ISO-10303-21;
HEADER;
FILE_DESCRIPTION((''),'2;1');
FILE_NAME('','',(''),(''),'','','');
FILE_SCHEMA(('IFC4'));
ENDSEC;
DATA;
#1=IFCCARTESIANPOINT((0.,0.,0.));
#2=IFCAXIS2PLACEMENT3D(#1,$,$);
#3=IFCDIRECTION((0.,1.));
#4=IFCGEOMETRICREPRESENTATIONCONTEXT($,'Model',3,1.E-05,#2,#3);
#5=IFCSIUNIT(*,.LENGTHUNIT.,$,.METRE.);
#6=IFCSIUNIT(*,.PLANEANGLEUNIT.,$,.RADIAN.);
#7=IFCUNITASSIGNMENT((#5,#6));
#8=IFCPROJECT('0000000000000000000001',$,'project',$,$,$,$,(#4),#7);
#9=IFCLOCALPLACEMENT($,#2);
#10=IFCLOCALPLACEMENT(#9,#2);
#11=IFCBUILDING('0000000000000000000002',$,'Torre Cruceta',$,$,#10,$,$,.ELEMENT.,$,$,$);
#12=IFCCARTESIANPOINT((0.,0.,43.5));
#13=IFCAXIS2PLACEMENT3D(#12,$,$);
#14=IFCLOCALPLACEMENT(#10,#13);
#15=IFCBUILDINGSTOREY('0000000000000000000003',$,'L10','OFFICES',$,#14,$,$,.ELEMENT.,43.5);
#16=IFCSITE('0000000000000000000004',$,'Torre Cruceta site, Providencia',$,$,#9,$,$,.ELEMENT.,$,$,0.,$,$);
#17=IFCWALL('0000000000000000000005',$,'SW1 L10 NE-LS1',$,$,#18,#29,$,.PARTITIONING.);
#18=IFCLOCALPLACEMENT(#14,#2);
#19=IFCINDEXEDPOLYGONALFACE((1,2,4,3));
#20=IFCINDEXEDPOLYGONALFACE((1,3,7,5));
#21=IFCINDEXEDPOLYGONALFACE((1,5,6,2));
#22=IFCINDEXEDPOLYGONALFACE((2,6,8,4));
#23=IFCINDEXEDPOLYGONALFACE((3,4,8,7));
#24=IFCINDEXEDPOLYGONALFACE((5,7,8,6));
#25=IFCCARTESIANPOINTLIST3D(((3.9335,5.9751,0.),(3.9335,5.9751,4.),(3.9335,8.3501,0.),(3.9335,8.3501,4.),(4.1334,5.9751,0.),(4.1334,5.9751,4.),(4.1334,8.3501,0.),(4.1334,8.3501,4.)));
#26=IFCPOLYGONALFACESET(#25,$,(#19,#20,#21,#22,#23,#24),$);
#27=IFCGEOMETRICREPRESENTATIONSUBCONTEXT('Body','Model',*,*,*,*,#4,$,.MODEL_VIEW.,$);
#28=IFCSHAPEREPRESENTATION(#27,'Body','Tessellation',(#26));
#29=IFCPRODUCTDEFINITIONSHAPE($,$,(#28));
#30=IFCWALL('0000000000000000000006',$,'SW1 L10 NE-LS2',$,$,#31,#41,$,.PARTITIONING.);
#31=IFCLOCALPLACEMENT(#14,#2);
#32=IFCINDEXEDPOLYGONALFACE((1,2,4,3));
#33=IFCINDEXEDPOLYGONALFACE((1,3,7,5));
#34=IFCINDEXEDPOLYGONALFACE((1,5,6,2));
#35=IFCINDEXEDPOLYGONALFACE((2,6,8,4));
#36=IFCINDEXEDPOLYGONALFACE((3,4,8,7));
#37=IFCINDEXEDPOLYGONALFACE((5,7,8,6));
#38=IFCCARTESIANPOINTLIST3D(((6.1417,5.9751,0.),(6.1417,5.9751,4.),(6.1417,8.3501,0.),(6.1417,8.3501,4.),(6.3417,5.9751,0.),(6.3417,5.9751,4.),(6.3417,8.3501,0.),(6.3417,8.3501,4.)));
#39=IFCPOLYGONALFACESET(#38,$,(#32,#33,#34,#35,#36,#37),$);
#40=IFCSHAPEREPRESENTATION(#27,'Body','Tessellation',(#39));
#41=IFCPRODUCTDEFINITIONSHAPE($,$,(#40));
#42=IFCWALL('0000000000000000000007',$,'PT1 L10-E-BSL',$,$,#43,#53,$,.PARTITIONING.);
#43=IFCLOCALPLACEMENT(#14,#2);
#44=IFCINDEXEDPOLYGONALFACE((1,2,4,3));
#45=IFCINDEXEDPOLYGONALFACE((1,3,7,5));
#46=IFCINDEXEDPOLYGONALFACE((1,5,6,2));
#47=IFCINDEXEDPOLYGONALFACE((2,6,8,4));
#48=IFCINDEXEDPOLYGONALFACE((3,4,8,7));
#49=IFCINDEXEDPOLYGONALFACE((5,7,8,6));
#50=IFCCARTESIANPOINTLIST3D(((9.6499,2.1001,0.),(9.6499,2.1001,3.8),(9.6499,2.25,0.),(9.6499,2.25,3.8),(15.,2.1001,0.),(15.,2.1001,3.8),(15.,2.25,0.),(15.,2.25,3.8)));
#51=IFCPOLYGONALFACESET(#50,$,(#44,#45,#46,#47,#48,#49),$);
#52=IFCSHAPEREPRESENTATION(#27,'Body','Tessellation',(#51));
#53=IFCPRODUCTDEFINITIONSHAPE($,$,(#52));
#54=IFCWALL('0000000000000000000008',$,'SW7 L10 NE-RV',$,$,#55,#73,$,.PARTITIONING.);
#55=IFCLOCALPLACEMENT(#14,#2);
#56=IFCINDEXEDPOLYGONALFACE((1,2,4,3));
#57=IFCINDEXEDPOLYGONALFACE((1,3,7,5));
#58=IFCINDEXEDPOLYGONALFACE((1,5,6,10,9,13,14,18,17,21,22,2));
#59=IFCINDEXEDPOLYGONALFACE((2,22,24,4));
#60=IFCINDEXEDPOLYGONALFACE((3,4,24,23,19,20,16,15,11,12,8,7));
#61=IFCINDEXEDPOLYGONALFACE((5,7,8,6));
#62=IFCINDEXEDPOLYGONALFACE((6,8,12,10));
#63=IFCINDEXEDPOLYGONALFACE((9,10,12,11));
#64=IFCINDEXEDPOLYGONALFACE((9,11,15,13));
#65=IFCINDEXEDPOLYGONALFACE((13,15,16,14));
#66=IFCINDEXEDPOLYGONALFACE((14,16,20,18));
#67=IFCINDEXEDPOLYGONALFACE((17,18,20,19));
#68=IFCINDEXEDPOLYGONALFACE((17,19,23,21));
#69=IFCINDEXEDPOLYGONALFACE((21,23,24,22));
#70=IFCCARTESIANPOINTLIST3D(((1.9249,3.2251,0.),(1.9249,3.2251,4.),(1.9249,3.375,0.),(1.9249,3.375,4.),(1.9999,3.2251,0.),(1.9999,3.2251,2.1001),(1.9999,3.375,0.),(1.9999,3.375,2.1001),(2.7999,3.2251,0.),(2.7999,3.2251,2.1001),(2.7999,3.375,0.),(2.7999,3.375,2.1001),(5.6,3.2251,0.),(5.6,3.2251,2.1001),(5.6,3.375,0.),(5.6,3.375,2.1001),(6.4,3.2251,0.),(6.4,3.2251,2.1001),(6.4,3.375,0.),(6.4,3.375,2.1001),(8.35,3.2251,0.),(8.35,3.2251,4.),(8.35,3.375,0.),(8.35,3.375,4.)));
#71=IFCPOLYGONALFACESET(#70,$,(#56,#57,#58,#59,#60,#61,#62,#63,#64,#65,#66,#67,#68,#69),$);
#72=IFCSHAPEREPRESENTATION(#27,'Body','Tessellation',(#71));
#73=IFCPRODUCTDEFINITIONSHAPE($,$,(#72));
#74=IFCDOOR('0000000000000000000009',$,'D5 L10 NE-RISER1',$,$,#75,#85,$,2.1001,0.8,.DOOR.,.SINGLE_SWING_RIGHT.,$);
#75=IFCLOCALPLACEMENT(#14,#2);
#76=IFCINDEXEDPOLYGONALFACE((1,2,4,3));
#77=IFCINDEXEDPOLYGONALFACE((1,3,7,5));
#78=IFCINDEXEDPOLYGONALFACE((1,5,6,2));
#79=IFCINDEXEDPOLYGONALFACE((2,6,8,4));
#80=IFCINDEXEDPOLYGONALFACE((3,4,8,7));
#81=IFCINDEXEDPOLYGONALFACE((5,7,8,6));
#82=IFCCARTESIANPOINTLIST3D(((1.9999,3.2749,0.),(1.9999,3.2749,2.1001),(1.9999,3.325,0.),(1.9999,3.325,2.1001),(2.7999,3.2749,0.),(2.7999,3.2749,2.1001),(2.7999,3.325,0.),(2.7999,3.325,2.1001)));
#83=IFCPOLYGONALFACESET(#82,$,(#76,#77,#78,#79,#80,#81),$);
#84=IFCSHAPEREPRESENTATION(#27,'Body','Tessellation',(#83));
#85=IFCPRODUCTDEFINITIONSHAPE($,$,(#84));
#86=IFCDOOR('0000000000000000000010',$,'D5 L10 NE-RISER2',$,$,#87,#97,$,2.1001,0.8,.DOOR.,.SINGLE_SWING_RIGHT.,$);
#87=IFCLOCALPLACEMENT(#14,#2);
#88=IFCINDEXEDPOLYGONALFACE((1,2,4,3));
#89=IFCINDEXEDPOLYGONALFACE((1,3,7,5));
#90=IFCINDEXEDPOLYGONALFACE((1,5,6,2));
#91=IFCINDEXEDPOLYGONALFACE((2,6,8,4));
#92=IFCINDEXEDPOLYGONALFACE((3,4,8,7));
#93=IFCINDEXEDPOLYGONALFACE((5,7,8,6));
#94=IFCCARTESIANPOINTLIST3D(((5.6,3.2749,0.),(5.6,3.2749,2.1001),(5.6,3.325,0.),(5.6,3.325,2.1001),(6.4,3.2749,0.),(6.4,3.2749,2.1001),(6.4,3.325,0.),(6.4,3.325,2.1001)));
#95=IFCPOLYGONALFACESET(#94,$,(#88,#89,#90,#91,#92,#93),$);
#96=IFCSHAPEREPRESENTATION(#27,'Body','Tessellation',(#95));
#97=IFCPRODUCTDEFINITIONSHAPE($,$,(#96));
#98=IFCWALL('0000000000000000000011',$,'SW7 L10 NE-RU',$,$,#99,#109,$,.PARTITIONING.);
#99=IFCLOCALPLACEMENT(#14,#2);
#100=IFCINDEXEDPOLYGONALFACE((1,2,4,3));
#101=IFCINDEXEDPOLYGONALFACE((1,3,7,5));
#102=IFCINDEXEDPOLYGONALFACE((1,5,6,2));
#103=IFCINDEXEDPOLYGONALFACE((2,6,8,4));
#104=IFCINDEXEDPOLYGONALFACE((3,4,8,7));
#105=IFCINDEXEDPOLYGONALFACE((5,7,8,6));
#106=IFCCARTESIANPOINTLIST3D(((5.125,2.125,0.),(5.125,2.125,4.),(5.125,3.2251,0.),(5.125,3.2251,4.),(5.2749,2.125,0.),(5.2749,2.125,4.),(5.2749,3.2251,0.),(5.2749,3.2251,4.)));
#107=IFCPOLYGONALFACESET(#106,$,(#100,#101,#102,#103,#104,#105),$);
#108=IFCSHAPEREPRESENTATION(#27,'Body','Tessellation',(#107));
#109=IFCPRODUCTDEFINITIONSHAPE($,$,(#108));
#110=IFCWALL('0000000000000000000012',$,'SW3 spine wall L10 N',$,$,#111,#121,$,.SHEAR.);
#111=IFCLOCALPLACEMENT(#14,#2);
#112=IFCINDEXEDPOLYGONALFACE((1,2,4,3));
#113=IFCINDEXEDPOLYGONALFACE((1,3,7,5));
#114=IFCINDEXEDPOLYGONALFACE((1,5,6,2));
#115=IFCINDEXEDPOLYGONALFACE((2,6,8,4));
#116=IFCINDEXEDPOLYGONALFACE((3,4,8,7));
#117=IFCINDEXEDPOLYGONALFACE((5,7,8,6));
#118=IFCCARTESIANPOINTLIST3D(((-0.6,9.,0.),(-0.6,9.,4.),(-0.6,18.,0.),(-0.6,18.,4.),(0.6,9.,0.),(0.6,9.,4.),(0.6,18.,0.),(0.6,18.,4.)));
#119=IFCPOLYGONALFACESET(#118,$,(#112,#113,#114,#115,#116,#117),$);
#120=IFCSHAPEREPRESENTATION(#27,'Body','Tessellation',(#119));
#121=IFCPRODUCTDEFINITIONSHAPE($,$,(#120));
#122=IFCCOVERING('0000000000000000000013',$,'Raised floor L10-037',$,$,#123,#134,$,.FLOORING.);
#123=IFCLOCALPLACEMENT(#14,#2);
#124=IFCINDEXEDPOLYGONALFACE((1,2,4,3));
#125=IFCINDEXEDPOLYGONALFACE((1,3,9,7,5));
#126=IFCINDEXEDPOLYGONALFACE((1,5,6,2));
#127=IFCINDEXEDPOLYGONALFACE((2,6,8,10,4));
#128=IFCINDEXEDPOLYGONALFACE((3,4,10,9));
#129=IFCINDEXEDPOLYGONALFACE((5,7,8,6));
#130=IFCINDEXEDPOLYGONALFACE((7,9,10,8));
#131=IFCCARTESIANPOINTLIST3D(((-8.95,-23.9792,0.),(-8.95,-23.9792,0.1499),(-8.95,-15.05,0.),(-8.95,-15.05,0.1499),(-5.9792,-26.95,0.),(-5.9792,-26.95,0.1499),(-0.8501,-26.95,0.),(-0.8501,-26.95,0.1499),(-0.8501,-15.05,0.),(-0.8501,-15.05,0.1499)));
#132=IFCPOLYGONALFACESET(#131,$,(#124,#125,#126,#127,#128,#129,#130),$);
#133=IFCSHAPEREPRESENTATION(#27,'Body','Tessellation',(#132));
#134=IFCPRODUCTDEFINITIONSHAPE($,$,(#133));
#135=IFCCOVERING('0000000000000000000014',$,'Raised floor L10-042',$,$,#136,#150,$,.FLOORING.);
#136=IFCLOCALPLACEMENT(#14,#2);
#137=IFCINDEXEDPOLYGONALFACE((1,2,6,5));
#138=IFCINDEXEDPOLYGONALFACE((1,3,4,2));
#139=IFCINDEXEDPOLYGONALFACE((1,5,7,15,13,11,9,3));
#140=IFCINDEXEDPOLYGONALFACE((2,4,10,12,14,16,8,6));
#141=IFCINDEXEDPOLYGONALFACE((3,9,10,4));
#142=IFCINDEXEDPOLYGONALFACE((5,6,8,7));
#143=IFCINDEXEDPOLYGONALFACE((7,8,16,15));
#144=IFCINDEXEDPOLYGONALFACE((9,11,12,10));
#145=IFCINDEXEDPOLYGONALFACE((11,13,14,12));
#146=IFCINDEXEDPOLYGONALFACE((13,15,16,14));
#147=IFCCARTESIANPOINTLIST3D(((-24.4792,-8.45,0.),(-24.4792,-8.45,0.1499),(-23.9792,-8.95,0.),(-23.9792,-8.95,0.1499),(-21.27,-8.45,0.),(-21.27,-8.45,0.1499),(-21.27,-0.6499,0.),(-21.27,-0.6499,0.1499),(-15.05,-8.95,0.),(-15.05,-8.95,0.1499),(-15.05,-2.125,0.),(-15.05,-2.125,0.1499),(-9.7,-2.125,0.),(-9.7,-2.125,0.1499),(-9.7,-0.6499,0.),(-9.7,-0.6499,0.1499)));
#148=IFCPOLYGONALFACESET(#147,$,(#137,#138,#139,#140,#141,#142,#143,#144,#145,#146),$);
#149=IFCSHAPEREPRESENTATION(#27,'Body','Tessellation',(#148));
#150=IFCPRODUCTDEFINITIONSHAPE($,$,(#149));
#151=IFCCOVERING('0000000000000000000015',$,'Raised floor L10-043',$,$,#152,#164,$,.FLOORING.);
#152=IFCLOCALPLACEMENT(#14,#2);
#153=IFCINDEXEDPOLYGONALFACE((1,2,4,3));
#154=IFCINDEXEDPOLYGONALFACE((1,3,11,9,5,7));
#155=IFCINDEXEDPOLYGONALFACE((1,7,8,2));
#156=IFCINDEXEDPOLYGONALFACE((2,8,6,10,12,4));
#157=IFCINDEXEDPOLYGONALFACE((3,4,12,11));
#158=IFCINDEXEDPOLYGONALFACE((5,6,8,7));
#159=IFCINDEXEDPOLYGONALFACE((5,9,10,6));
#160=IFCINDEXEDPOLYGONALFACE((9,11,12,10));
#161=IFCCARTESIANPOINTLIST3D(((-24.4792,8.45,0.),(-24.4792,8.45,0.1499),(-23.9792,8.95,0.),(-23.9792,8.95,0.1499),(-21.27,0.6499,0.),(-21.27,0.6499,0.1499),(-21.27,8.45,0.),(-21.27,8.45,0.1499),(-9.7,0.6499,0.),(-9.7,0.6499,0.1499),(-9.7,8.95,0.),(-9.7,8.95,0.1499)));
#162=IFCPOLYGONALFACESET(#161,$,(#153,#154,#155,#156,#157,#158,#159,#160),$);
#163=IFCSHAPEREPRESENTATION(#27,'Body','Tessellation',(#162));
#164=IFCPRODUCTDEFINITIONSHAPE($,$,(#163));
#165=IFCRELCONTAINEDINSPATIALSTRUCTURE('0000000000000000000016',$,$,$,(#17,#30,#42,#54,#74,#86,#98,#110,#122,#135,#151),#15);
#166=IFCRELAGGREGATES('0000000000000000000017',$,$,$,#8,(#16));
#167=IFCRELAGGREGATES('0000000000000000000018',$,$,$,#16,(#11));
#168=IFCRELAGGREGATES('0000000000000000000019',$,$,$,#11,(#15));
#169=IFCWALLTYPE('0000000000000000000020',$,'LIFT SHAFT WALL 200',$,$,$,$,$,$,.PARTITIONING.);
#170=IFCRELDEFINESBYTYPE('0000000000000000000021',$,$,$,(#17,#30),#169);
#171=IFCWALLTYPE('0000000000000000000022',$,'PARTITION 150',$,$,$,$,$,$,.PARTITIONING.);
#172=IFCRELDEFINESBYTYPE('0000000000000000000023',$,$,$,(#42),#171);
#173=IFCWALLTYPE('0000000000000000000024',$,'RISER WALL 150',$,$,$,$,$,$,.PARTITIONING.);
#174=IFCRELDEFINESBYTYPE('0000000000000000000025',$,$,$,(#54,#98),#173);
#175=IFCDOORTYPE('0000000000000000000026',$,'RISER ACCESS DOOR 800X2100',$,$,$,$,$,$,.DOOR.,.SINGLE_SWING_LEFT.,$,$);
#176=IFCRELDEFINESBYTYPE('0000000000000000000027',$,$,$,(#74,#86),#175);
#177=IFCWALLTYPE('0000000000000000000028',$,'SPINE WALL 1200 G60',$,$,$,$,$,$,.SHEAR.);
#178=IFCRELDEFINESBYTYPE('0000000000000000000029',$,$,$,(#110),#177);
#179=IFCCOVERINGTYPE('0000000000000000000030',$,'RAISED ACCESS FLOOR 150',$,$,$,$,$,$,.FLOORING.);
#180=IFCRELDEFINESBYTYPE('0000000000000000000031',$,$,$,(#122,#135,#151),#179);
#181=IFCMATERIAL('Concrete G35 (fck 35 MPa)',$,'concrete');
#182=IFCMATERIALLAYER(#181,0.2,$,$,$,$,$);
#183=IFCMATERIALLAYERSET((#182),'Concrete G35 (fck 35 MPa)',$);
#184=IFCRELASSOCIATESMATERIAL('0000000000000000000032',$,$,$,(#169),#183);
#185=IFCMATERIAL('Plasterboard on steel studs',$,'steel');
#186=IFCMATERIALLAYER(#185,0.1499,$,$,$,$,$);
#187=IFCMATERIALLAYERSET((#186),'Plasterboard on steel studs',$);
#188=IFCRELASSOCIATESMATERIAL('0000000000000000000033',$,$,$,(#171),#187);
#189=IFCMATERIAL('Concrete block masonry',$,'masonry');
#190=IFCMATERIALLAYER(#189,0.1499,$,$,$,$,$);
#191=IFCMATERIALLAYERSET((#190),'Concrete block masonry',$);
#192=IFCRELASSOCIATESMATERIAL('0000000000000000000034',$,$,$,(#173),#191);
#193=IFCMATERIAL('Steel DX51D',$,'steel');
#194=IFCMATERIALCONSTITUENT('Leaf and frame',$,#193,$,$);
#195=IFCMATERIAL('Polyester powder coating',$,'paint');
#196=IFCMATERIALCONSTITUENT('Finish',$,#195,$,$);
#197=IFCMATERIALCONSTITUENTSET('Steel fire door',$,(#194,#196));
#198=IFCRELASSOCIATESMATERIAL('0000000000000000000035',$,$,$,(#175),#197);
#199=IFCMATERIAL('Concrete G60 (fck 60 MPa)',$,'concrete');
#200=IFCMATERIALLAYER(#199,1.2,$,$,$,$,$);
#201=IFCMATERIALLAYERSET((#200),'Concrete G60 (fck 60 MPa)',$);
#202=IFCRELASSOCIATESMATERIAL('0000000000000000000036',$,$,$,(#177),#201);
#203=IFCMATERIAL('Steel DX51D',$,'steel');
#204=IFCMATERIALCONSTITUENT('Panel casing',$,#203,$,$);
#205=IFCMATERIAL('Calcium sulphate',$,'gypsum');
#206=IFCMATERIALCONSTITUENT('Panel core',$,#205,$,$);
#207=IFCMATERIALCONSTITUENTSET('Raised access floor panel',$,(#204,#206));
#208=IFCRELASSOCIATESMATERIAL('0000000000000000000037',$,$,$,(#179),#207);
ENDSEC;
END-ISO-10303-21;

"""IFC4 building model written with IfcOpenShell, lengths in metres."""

from ifc_helpers import new_model, si_unit, direction, frame, frame_2d, origin, place, context, subcontext, project, spatial, polyline, rectangle, outline, extrude, material, layer, layer_set, constituent, constituent_set, type_object, element, fill, save


model = new_model("IFC4")

# Units and contexts
model_context = context("Model", 3, precision=1e-05, world=origin(), true_north=direction((0.0, 1.0)))
body_context = subcontext(model_context, "Body", "Model", "MODEL_VIEW")
ifc_project = project(units=[si_unit("LENGTHUNIT", "METRE"), si_unit("PLANEANGLEUNIT", "RADIAN")], contexts=[model_context])

# Site, building, storey
site_placement = place(None, origin())
site = spatial("IfcSite", under=ifc_project, at=site_placement, Name="Torre Cruceta site, Providencia", CompositionType="ELEMENT", RefElevation=0.0)
building_placement = place(site_placement, origin())
building = spatial("IfcBuilding", under=site, at=building_placement, Name="Torre Cruceta", CompositionType="ELEMENT")
storey_placement = place(building_placement, frame((0.0, 0.0, 43.5)))
storey = spatial("IfcBuildingStorey", under=building, at=storey_placement, Name="L10", Description="OFFICES", CompositionType="ELEMENT", Elevation=43.5)

# Walls
ifc_material_1 = material(Name="Concrete G35 (fck 35 MPa)", Category="concrete")
ifc_layer_1 = layer(ifc_material_1, 0.2)
ifc_layer_set_1 = layer_set([ifc_layer_1], Name="Concrete G35 (fck 35 MPa)")
wall_type_1 = type_object("IfcWallType", Name="LIFT SHAFT WALL 200", PredefinedType="PARTITIONING", material=ifc_layer_set_1)
for number, where, z_axis, x_axis, name in (
    (1, (4.0334, 5.9751, 0.0), (0.0, 0.0, 1.0), (0.0, 1.0, 0.0), "SW1 L10 NE-LS1"),
    (2, (6.2417, 5.9751, 0.0), (0.0, 0.0, 1.0), (0.0, 1.0, 0.0), "SW1 L10 NE-LS2"),
):
    element("IfcWall", number, at=place(storey_placement, frame(where, z_axis=z_axis, x_axis=x_axis)), inside=storey, type_object=wall_type_1, Name=name, PredefinedType="PARTITIONING", context=body_context, shape_type="SweptSolid", body=[
        extrude(rectangle(XDim=2.375, YDim=0.2, at=frame_2d((1.1875, 0.0))), origin(), (0.0, 0.0, 1.0), 4.0),
    ])
ifc_material_2 = material(Name="Plasterboard on steel studs", Category="steel")
ifc_layer_2 = layer(ifc_material_2, 0.1499)
ifc_layer_set_2 = layer_set([ifc_layer_2], Name="Plasterboard on steel studs")
wall_type_2 = type_object("IfcWallType", Name="PARTITION 150", PredefinedType="PARTITIONING", material=ifc_layer_set_2)
wall_1_placement = place(storey_placement, frame((9.6499, 2.175, 0.0), z_axis=(0.0, 0.0, 1.0), x_axis=(1.0, 0.0, 0.0)))
element("IfcWall", 3, at=wall_1_placement, inside=storey, type_object=wall_type_2, Name="PT1 L10-E-BSL", PredefinedType="PARTITIONING", context=body_context, shape_type="SweptSolid", body=[
    extrude(rectangle(XDim=5.3501, YDim=0.1499, at=frame_2d((2.675, 0.0))), origin(), (0.0, 0.0, 1.0), 3.8),
])

# Wall, openings, doors
ifc_material_3 = material(Name="Concrete block masonry", Category="masonry")
ifc_layer_3 = layer(ifc_material_3, 0.1499)
ifc_layer_set_3 = layer_set([ifc_layer_3], Name="Concrete block masonry")
wall_type_3 = type_object("IfcWallType", Name="RISER WALL 150", PredefinedType="PARTITIONING", material=ifc_layer_set_3)
wall_2_placement = place(storey_placement, frame((1.925, 3.3, 0.0), z_axis=(0.0, 0.0, 1.0), x_axis=(1.0, 0.0, 0.0)))
wall_2 = element("IfcWall", 4, at=wall_2_placement, inside=storey, type_object=wall_type_3, Name="SW7 L10 NE-RV", PredefinedType="PARTITIONING", context=body_context, shape_type="SweptSolid", body=[
    extrude(rectangle(XDim=6.425, YDim=0.1499, at=frame_2d((3.2124, 0.0))), origin(), (0.0, 0.0, 1.0), 4.0),
])
opening_1_placement = place(wall_2_placement, frame((0.075, 0.0, 0.0)))
opening_1 = element("IfcOpeningElement", 5, at=opening_1_placement, cuts=wall_2, PredefinedType="OPENING", context=body_context, shape_type="SweptSolid", body=[
    extrude(rectangle(XDim=0.8, YDim=2.1001, at=frame_2d((0.3999, 1.05))), frame((0.0, 0.085, 0.0), z_axis=(0.0, -1.0, 0.0), x_axis=(1.0, 0.0, 0.0)), (0.0, 0.0, 1.0), 0.1699),
])
opening_2_placement = place(wall_2_placement, frame((3.675, 0.0, 0.0)))
opening_2 = element("IfcOpeningElement", 6, at=opening_2_placement, cuts=wall_2, PredefinedType="OPENING", context=body_context, shape_type="SweptSolid", body=[
    extrude(rectangle(XDim=0.8, YDim=2.1001, at=frame_2d((0.3999, 1.05))), frame((0.0, 0.085, 0.0), z_axis=(0.0, -1.0, 0.0), x_axis=(1.0, 0.0, 0.0)), (0.0, 0.0, 1.0), 0.1699),
])
ifc_material_4 = material(Name="Steel DX51D", Category="steel")
ifc_constituent_1 = constituent(ifc_material_4, Name="Leaf and frame")
ifc_material_5 = material(Name="Polyester powder coating", Category="paint")
ifc_constituent_2 = constituent(ifc_material_5, Name="Finish")
ifc_constituent_set_1 = constituent_set(constituents=[ifc_constituent_1, ifc_constituent_2], Name="Steel fire door")
door_type_1 = type_object("IfcDoorType", Name="RISER ACCESS DOOR 800X2100", OperationType="SINGLE_SWING_LEFT", PredefinedType="DOOR", material=ifc_constituent_set_1)
door_1_placement = place(opening_1_placement, frame((0.8, 0.0, 0.0), z_axis=(0.0, 0.0, 1.0), x_axis=(-1.0, 0.0, 0.0)))
door_1 = element("IfcDoor", 7, at=door_1_placement, inside=storey, type_object=door_type_1, Name="D5 L10 NE-RISER1", OperationType="SINGLE_SWING_RIGHT", OverallHeight=2.1001, OverallWidth=0.8, PredefinedType="DOOR", context=body_context, shape_type="SweptSolid", body=[
    extrude(rectangle(XDim=0.8, YDim=2.1001, at=frame_2d((0.4001, 1.05))), frame((0.0, 0.0251, 0.0), z_axis=(0.0, -1.0, 0.0), x_axis=(1.0, 0.0, 0.0)), (0.0, 0.0, 1.0), 0.05),
])
fill(opening_1, door_1)
door_2_placement = place(opening_2_placement, frame((0.8, 0.0, 0.0), z_axis=(0.0, 0.0, 1.0), x_axis=(-1.0, 0.0, 0.0)))
door_2 = element("IfcDoor", 8, at=door_2_placement, inside=storey, type_object=door_type_1, Name="D5 L10 NE-RISER2", OperationType="SINGLE_SWING_RIGHT", OverallHeight=2.1001, OverallWidth=0.8, PredefinedType="DOOR", context=body_context, shape_type="SweptSolid", body=[
    extrude(rectangle(XDim=0.8, YDim=2.1001, at=frame_2d((0.4001, 1.05))), frame((0.0, 0.0251, 0.0), z_axis=(0.0, -1.0, 0.0), x_axis=(1.0, 0.0, 0.0)), (0.0, 0.0, 1.0), 0.05),
])
fill(opening_2, door_2)

# Walls
wall_3_placement = place(storey_placement, frame((5.2, 2.125, 0.0), z_axis=(0.0, 0.0, 1.0), x_axis=(0.0, 1.0, 0.0)))
element("IfcWall", 9, at=wall_3_placement, inside=storey, type_object=wall_type_3, Name="SW7 L10 NE-RU", PredefinedType="PARTITIONING", context=body_context, shape_type="SweptSolid", body=[
    extrude(rectangle(XDim=1.1001, YDim=0.1499, at=frame_2d((0.55, 0.0))), origin(), (0.0, 0.0, 1.0), 4.0),
])
ifc_material_6 = material(Name="Concrete G60 (fck 60 MPa)", Category="concrete")
ifc_layer_4 = layer(ifc_material_6, 1.2)
ifc_layer_set_4 = layer_set([ifc_layer_4], Name="Concrete G60 (fck 60 MPa)")
wall_type_4 = type_object("IfcWallType", Name="SPINE WALL 1200 G60", PredefinedType="SHEAR", material=ifc_layer_set_4)
wall_4_placement = place(storey_placement, frame((0.0, 9.0, 0.0), z_axis=(0.0, 0.0, 1.0), x_axis=(0.0, 1.0, 0.0)))
element("IfcWall", 10, at=wall_4_placement, inside=storey, type_object=wall_type_4, Name="SW3 spine wall L10 N", PredefinedType="SHEAR", context=body_context, shape_type="SweptSolid", body=[
    extrude(rectangle(XDim=9.0, YDim=1.2, at=frame_2d((4.5, 0.0))), origin(), (0.0, 0.0, 1.0), 4.0),
])

# Coverings
ifc_material_7 = material(Name="Steel DX51D", Category="steel")
ifc_constituent_3 = constituent(ifc_material_7, Name="Panel casing")
ifc_material_8 = material(Name="Calcium sulphate", Category="gypsum")
ifc_constituent_4 = constituent(ifc_material_8, Name="Panel core")
ifc_constituent_set_2 = constituent_set(constituents=[ifc_constituent_3, ifc_constituent_4], Name="Raised access floor panel")
covering_type_1 = type_object("IfcCoveringType", Name="RAISED ACCESS FLOOR 150", PredefinedType="FLOORING", material=ifc_constituent_set_2)
covering_1_placement = place(storey_placement, origin())
element("IfcCovering", 11, at=covering_1_placement, inside=storey, type_object=covering_type_1, Name="Raised floor L10-037", PredefinedType="FLOORING", context=body_context, shape_type="SweptSolid", body=[
    extrude(outline(polyline([(-5.9792, -26.95), (-8.95, -23.9792), (-8.95, -15.05), (-0.8501, -15.05), (-0.8501, -26.95), (-5.9792, -26.95)])), origin(), (0.0, 0.0, 1.0), 0.1499),
])
covering_2_placement = place(storey_placement, origin())
element("IfcCovering", 12, at=covering_2_placement, inside=storey, type_object=covering_type_1, Name="Raised floor L10-042", PredefinedType="FLOORING", context=body_context, shape_type="SweptSolid", body=[
    extrude(outline(polyline([(-21.27, -0.6499), (-9.7, -0.6499), (-9.7, -2.125), (-15.05, -2.125), (-15.05, -8.95), (-23.9792, -8.95), (-24.4792, -8.45), (-21.27, -8.45), (-21.27, -0.6499)])), origin(), (0.0, 0.0, 1.0), 0.1499),
])
covering_3_placement = place(storey_placement, origin())
element("IfcCovering", 13, at=covering_3_placement, inside=storey, type_object=covering_type_1, Name="Raised floor L10-043", PredefinedType="FLOORING", context=body_context, shape_type="SweptSolid", body=[
    extrude(outline(polyline([(-21.27, 8.45), (-24.4792, 8.45), (-23.9792, 8.95), (-9.7, 8.95), (-9.7, 0.6499), (-21.27, 0.6499), (-21.27, 8.45)])), origin(), (0.0, 0.0, 1.0), 0.1499),
])

save(model, "model.ifc")
